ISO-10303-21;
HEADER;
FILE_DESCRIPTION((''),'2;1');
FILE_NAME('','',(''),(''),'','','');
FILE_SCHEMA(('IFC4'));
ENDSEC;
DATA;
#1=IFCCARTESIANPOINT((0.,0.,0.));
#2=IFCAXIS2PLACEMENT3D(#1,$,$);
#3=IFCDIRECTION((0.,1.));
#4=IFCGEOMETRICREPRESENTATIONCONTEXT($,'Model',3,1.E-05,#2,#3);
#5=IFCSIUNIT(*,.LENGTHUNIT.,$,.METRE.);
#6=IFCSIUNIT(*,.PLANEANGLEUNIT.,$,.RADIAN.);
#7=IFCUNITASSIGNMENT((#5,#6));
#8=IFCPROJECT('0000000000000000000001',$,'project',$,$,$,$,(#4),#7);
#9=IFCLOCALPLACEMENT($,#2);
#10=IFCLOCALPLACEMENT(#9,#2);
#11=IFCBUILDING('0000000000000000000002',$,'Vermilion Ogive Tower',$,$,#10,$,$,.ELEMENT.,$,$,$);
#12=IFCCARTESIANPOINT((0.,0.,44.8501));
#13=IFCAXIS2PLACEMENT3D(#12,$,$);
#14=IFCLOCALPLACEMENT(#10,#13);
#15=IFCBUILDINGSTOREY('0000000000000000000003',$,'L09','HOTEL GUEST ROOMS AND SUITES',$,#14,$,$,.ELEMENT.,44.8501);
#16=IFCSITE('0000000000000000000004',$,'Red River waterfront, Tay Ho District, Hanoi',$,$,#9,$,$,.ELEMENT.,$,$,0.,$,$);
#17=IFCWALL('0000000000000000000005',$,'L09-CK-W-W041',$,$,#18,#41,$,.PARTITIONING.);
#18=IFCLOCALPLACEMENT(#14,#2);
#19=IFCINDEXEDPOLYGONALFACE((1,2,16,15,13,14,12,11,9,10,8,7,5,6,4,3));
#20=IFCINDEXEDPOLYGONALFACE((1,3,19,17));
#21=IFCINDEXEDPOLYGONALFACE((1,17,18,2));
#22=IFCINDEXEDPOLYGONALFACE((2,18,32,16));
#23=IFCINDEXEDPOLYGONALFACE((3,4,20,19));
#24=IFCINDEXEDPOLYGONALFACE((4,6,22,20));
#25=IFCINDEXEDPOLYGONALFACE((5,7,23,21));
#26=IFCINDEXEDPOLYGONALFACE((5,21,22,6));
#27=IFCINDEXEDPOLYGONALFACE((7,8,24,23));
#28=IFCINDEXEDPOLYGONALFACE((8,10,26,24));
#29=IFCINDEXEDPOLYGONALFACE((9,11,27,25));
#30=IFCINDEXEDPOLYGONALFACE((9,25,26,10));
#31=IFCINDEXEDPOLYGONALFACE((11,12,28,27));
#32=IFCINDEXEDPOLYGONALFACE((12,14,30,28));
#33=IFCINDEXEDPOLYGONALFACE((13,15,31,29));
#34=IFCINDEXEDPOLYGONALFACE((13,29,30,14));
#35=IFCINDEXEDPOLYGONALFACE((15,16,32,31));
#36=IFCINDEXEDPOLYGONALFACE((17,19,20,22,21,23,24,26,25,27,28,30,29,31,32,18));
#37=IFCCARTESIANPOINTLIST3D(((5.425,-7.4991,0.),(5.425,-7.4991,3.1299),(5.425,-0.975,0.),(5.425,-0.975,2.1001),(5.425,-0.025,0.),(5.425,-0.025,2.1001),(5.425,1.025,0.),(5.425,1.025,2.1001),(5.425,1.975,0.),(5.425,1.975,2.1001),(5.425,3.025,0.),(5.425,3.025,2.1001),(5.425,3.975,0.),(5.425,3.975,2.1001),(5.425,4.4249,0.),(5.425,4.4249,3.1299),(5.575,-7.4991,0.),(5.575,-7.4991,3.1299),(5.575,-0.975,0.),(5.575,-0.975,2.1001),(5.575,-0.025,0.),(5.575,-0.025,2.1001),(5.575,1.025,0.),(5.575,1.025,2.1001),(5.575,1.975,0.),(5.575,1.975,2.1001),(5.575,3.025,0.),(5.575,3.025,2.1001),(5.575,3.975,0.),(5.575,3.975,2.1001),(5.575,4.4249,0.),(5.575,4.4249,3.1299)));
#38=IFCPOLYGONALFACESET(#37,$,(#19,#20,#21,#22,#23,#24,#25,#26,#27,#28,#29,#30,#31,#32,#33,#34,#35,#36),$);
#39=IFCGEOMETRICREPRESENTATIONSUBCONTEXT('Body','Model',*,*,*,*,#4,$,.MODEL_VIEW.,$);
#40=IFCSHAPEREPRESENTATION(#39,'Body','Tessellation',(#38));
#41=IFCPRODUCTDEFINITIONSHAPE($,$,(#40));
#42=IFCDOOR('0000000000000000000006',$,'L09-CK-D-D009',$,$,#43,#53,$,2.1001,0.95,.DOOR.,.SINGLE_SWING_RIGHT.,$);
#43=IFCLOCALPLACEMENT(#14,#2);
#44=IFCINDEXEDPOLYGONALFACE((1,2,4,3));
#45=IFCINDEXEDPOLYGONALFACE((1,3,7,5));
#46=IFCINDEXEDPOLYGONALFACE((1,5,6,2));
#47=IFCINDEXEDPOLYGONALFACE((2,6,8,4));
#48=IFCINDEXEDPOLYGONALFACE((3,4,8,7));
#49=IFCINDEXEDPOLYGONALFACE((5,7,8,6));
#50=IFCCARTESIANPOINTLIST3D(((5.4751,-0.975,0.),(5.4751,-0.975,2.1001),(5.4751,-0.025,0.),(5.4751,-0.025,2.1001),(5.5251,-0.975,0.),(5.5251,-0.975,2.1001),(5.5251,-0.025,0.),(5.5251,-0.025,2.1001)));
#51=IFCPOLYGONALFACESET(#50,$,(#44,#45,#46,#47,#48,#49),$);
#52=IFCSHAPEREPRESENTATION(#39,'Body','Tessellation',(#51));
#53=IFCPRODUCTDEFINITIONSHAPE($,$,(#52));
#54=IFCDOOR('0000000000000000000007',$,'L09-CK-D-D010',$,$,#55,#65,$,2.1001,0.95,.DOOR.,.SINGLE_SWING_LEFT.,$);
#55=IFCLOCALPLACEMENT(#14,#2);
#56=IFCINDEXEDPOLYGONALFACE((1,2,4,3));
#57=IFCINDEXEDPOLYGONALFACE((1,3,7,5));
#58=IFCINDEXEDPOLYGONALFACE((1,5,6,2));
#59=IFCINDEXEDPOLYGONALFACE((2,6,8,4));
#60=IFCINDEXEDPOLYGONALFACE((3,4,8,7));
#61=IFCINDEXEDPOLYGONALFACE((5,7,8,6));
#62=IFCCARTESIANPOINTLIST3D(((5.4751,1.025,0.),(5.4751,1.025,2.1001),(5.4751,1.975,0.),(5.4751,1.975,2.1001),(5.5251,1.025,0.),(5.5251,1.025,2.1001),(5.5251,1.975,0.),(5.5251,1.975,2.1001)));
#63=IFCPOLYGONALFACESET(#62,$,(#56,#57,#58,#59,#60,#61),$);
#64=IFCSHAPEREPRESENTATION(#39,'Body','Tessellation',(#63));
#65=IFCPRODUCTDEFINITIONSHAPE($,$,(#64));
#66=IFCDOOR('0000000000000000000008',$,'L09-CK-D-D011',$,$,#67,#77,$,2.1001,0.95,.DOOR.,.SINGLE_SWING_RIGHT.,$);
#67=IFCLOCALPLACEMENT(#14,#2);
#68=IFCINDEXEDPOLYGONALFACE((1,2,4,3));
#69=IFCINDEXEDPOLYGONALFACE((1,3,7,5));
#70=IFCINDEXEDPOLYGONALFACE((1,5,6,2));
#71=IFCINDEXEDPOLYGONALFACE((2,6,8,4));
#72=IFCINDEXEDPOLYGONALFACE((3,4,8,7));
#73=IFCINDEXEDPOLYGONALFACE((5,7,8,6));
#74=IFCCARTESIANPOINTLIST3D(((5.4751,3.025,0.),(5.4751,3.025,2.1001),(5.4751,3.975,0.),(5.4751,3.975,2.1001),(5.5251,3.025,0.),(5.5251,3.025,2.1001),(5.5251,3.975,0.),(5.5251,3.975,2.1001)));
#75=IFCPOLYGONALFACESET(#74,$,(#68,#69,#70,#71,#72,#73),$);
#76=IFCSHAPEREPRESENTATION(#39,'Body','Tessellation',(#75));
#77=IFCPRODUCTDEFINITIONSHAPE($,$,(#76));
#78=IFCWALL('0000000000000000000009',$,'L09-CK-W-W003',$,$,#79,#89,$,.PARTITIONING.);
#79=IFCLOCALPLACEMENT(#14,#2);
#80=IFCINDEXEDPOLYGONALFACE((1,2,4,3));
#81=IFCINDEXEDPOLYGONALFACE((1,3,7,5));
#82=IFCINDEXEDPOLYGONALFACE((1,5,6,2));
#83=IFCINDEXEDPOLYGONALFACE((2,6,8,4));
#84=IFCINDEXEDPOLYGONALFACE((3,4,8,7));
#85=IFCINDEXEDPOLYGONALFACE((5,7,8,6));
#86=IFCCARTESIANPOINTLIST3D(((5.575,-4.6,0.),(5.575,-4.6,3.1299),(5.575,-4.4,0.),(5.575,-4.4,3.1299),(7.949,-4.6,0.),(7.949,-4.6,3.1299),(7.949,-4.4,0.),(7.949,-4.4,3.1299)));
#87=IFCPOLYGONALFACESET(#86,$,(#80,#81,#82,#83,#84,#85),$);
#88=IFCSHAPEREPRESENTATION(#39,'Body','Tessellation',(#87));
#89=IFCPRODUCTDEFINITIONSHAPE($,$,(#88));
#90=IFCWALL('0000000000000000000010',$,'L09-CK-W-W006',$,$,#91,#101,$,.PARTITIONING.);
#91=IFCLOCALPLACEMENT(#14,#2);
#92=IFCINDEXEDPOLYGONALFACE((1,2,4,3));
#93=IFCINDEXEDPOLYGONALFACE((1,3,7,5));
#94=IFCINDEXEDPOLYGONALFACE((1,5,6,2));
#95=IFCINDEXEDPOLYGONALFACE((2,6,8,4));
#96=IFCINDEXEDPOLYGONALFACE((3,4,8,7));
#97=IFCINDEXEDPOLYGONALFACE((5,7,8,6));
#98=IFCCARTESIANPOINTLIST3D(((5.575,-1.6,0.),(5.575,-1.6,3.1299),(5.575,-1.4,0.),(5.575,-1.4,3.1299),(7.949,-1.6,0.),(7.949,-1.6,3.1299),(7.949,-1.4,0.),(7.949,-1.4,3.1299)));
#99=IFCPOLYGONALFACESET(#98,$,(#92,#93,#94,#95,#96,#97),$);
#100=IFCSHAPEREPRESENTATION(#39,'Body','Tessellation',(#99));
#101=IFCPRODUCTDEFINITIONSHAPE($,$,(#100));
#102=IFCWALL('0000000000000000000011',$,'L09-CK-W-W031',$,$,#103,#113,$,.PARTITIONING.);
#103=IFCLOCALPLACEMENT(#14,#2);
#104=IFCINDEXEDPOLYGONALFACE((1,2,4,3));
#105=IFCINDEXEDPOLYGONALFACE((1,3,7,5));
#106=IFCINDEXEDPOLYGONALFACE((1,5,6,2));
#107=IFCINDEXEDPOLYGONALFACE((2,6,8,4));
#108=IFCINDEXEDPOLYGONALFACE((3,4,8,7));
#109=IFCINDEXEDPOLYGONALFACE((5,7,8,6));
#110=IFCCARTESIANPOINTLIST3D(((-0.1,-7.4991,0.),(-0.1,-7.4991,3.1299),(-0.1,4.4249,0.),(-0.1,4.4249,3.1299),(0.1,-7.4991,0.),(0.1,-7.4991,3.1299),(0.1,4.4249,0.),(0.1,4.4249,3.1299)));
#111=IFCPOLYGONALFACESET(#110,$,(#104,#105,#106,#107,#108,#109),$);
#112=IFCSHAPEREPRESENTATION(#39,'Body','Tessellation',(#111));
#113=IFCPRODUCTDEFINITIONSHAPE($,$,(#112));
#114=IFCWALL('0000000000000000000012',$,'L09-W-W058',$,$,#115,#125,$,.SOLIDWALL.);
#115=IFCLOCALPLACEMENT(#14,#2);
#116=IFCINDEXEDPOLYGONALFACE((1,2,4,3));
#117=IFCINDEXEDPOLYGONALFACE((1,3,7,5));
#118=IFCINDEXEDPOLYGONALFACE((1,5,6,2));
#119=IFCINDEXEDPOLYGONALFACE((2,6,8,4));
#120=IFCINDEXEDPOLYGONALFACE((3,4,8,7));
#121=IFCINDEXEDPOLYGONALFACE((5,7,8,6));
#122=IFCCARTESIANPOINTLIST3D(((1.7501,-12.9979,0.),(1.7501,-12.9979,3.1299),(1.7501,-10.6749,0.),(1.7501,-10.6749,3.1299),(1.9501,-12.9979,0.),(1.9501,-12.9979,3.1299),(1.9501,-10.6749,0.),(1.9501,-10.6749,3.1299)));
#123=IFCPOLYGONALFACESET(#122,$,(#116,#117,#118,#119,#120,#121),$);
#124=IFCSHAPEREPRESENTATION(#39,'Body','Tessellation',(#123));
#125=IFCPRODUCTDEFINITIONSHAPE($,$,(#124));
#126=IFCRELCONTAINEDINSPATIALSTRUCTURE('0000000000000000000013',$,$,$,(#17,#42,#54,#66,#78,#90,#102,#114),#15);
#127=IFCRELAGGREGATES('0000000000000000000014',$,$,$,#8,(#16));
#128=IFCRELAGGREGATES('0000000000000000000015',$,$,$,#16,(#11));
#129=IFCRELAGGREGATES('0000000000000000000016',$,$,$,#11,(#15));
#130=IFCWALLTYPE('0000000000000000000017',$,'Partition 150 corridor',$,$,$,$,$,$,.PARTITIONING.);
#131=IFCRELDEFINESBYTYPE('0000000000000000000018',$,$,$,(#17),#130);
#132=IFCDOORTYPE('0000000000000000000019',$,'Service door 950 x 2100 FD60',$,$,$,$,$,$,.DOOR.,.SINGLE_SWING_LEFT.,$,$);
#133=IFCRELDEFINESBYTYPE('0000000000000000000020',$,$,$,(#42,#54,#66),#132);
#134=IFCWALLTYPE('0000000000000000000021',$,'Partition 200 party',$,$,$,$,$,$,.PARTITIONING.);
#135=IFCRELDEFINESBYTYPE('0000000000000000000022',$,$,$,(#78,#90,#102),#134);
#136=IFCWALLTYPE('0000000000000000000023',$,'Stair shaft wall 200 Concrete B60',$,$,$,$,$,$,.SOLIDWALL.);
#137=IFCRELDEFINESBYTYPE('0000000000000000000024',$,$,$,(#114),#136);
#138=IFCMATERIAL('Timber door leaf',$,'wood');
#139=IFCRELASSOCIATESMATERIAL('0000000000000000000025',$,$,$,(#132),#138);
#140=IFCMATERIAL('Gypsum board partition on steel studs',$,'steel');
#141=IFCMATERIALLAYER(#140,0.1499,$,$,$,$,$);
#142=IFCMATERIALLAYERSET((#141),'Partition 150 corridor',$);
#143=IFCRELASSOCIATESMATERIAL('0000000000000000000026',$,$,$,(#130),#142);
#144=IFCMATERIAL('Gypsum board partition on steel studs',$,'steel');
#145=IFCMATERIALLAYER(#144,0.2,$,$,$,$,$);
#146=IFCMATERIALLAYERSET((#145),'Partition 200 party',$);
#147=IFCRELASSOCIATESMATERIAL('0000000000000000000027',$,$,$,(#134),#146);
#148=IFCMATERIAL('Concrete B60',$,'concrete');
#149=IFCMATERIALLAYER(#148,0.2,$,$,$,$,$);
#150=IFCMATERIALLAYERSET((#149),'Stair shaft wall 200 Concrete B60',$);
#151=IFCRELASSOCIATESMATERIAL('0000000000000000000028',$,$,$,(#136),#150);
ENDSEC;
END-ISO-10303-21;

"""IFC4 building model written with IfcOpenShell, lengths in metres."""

from ifc_helpers import new_model, si_unit, direction, frame, frame_2d, origin, place, context, subcontext, project, spatial, rectangle, extrude, material, layer, layer_set, type_object, element, fill, save


model = new_model("IFC4")

# Units and contexts
model_context = context("Model", 3, precision=1e-05, world=origin(), true_north=direction((0.0, 1.0)))
body_context = subcontext(model_context, "Body", "Model", "MODEL_VIEW")
ifc_project = project(units=[si_unit("LENGTHUNIT", "METRE"), si_unit("PLANEANGLEUNIT", "RADIAN")], contexts=[model_context])

# Site, building, storey
site_placement = place(None, origin())
site = spatial("IfcSite", under=ifc_project, at=site_placement, Name="Red River waterfront, Tay Ho District, Hanoi", CompositionType="ELEMENT", RefElevation=0.0)
building_placement = place(site_placement, origin())
building = spatial("IfcBuilding", under=site, at=building_placement, Name="Vermilion Ogive Tower", CompositionType="ELEMENT")
storey_placement = place(building_placement, frame((0.0, 0.0, 44.8501)))
storey = spatial("IfcBuildingStorey", under=building, at=storey_placement, Name="L09", Description="HOTEL GUEST ROOMS AND SUITES", CompositionType="ELEMENT", Elevation=44.8501)

# Shared definitions
ifc_material_1 = material(Name="Timber door leaf", Category="wood")
door_type_1 = type_object("IfcDoorType", Name="Service door 950 x 2100 FD60", OperationType="SINGLE_SWING_LEFT", PredefinedType="DOOR", material=ifc_material_1)

# Shared definitions
ifc_material_2 = material(Name="Gypsum board partition on steel studs", Category="steel")
ifc_layer_1 = layer(ifc_material_2, 0.1499)
ifc_layer_set_1 = layer_set([ifc_layer_1], Name="Partition 150 corridor")
wall_type_1 = type_object("IfcWallType", Name="Partition 150 corridor", PredefinedType="PARTITIONING", material=ifc_layer_set_1)

# Wall, openings, doors
wall_1_placement = place(storey_placement, frame((5.5, -7.499, 0.0), z_axis=(0.0, 0.0, 1.0), x_axis=(0.0, 1.0, 0.0)))
wall_1 = element("IfcWall", 1, at=wall_1_placement, inside=storey, type_object=wall_type_1, Name="L09-CK-W-W041", PredefinedType="PARTITIONING", context=body_context, shape_type="SweptSolid", body=[
    extrude(rectangle(XDim=11.9241, YDim=0.1499, at=frame_2d((5.9619, 0.0))), origin(), (0.0, 0.0, 1.0), 3.1299),
])
opening_1_placement = place(wall_1_placement, frame((6.5239, 0.0, 0.0)))
opening_1 = element("IfcOpeningElement", 2, at=opening_1_placement, cuts=wall_1, PredefinedType="OPENING", context=body_context, shape_type="SweptSolid", body=[
    extrude(rectangle(XDim=0.95, YDim=2.1001, at=frame_2d((0.4751, 1.05))), frame((0.0, 0.085, 0.0), z_axis=(0.0, -1.0, 0.0), x_axis=(1.0, 0.0, 0.0)), (0.0, 0.0, 1.0), 0.1699),
])
opening_2_placement = place(wall_1_placement, frame((8.5239, 0.0, 0.0)))
opening_2 = element("IfcOpeningElement", 3, at=opening_2_placement, cuts=wall_1, PredefinedType="OPENING", context=body_context, shape_type="SweptSolid", body=[
    extrude(rectangle(XDim=0.95, YDim=2.1001, at=frame_2d((0.4751, 1.05))), frame((0.0, 0.085, 0.0), z_axis=(0.0, -1.0, 0.0), x_axis=(1.0, 0.0, 0.0)), (0.0, 0.0, 1.0), 0.1699),
])
opening_3_placement = place(wall_1_placement, frame((10.5239, 0.0, 0.0)))
opening_3 = element("IfcOpeningElement", 4, at=opening_3_placement, cuts=wall_1, PredefinedType="OPENING", context=body_context, shape_type="SweptSolid", body=[
    extrude(rectangle(XDim=0.95, YDim=2.1001, at=frame_2d((0.4751, 1.05))), frame((0.0, 0.085, 0.0), z_axis=(0.0, -1.0, 0.0), x_axis=(1.0, 0.0, 0.0)), (0.0, 0.0, 1.0), 0.1699),
])
door_1_placement = place(opening_1_placement, origin())
door_1 = element("IfcDoor", 5, at=door_1_placement, inside=storey, type_object=door_type_1, Name="L09-CK-D-D009", OperationType="SINGLE_SWING_RIGHT", OverallHeight=2.1001, OverallWidth=0.95, PredefinedType="DOOR", context=body_context, shape_type="SweptSolid", body=[
    extrude(rectangle(XDim=0.95, YDim=2.1001, at=frame_2d((0.4751, 1.05))), frame((0.0, 0.0249, 0.0), z_axis=(0.0, -1.0, 0.0), x_axis=(1.0, 0.0, 0.0)), (0.0, 0.0, 1.0), 0.05),
])
fill(opening_1, door_1)
door_2_placement = place(opening_2_placement, origin())
door_2 = element("IfcDoor", 6, at=door_2_placement, inside=storey, type_object=door_type_1, Name="L09-CK-D-D010", OperationType="SINGLE_SWING_LEFT", OverallHeight=2.1001, OverallWidth=0.95, PredefinedType="DOOR", context=body_context, shape_type="SweptSolid", body=[
    extrude(rectangle(XDim=0.95, YDim=2.1001, at=frame_2d((0.4751, 1.05))), frame((0.0, 0.0249, 0.0), z_axis=(0.0, -1.0, 0.0), x_axis=(1.0, 0.0, 0.0)), (0.0, 0.0, 1.0), 0.05),
])
fill(opening_2, door_2)
door_3_placement = place(opening_3_placement, origin())
door_3 = element("IfcDoor", 7, at=door_3_placement, inside=storey, type_object=door_type_1, Name="L09-CK-D-D011", OperationType="SINGLE_SWING_RIGHT", OverallHeight=2.1001, OverallWidth=0.95, PredefinedType="DOOR", context=body_context, shape_type="SweptSolid", body=[
    extrude(rectangle(XDim=0.95, YDim=2.1001, at=frame_2d((0.4751, 1.05))), frame((0.0, 0.0249, 0.0), z_axis=(0.0, -1.0, 0.0), x_axis=(1.0, 0.0, 0.0)), (0.0, 0.0, 1.0), 0.05),
])
fill(opening_3, door_3)

# Walls
ifc_material_3 = material(Name="Gypsum board partition on steel studs", Category="steel")
ifc_layer_2 = layer(ifc_material_3, 0.2)
ifc_layer_set_2 = layer_set([ifc_layer_2], Name="Partition 200 party")
wall_type_2 = type_object("IfcWallType", Name="Partition 200 party", PredefinedType="PARTITIONING", material=ifc_layer_set_2)
for number, where, z_axis, x_axis, name in (
    (8, (5.575, -4.5, 0.0), (0.0, 0.0, 1.0), (1.0, 0.0, 0.0), "L09-CK-W-W003"),
    (9, (5.575, -1.5, 0.0), (0.0, 0.0, 1.0), (1.0, 0.0, 0.0), "L09-CK-W-W006"),
):
    element("IfcWall", number, at=place(storey_placement, frame(where, z_axis=z_axis, x_axis=x_axis)), inside=storey, type_object=wall_type_2, Name=name, PredefinedType="PARTITIONING", context=body_context, shape_type="SweptSolid", body=[
        extrude(rectangle(XDim=2.374, YDim=0.2, at=frame_2d((1.187, 0.0))), origin(), (0.0, 0.0, 1.0), 3.1299),
    ])
wall_2_placement = place(storey_placement, frame((0.0, -7.499, 0.0), z_axis=(0.0, 0.0, 1.0), x_axis=(0.0, 1.0, 0.0)))
element("IfcWall", 10, at=wall_2_placement, inside=storey, type_object=wall_type_2, Name="L09-CK-W-W031", PredefinedType="PARTITIONING", context=body_context, shape_type="SweptSolid", body=[
    extrude(rectangle(XDim=11.9241, YDim=0.2, at=frame_2d((5.9619, 0.0))), origin(), (0.0, 0.0, 1.0), 3.1299),
])
ifc_material_4 = material(Name="Concrete B60", Category="concrete")
ifc_layer_3 = layer(ifc_material_4, 0.2)
ifc_layer_set_3 = layer_set([ifc_layer_3], Name="Stair shaft wall 200 Concrete B60")
wall_type_3 = type_object("IfcWallType", Name="Stair shaft wall 200 Concrete B60", PredefinedType="SOLIDWALL", material=ifc_layer_set_3)
wall_3_placement = place(storey_placement, frame((1.8501, -12.998, 0.0), z_axis=(0.0, 0.0, 1.0), x_axis=(0.0, 1.0, 0.0)))
element("IfcWall", 11, at=wall_3_placement, inside=storey, type_object=wall_type_3, Name="L09-W-W058", PredefinedType="SOLIDWALL", context=body_context, shape_type="SweptSolid", body=[
    extrude(rectangle(XDim=2.323, YDim=0.2, at=frame_2d((1.1616, 0.0))), origin(), (0.0, 0.0, 1.0), 3.1299),
])

save(model, "model.ifc")
